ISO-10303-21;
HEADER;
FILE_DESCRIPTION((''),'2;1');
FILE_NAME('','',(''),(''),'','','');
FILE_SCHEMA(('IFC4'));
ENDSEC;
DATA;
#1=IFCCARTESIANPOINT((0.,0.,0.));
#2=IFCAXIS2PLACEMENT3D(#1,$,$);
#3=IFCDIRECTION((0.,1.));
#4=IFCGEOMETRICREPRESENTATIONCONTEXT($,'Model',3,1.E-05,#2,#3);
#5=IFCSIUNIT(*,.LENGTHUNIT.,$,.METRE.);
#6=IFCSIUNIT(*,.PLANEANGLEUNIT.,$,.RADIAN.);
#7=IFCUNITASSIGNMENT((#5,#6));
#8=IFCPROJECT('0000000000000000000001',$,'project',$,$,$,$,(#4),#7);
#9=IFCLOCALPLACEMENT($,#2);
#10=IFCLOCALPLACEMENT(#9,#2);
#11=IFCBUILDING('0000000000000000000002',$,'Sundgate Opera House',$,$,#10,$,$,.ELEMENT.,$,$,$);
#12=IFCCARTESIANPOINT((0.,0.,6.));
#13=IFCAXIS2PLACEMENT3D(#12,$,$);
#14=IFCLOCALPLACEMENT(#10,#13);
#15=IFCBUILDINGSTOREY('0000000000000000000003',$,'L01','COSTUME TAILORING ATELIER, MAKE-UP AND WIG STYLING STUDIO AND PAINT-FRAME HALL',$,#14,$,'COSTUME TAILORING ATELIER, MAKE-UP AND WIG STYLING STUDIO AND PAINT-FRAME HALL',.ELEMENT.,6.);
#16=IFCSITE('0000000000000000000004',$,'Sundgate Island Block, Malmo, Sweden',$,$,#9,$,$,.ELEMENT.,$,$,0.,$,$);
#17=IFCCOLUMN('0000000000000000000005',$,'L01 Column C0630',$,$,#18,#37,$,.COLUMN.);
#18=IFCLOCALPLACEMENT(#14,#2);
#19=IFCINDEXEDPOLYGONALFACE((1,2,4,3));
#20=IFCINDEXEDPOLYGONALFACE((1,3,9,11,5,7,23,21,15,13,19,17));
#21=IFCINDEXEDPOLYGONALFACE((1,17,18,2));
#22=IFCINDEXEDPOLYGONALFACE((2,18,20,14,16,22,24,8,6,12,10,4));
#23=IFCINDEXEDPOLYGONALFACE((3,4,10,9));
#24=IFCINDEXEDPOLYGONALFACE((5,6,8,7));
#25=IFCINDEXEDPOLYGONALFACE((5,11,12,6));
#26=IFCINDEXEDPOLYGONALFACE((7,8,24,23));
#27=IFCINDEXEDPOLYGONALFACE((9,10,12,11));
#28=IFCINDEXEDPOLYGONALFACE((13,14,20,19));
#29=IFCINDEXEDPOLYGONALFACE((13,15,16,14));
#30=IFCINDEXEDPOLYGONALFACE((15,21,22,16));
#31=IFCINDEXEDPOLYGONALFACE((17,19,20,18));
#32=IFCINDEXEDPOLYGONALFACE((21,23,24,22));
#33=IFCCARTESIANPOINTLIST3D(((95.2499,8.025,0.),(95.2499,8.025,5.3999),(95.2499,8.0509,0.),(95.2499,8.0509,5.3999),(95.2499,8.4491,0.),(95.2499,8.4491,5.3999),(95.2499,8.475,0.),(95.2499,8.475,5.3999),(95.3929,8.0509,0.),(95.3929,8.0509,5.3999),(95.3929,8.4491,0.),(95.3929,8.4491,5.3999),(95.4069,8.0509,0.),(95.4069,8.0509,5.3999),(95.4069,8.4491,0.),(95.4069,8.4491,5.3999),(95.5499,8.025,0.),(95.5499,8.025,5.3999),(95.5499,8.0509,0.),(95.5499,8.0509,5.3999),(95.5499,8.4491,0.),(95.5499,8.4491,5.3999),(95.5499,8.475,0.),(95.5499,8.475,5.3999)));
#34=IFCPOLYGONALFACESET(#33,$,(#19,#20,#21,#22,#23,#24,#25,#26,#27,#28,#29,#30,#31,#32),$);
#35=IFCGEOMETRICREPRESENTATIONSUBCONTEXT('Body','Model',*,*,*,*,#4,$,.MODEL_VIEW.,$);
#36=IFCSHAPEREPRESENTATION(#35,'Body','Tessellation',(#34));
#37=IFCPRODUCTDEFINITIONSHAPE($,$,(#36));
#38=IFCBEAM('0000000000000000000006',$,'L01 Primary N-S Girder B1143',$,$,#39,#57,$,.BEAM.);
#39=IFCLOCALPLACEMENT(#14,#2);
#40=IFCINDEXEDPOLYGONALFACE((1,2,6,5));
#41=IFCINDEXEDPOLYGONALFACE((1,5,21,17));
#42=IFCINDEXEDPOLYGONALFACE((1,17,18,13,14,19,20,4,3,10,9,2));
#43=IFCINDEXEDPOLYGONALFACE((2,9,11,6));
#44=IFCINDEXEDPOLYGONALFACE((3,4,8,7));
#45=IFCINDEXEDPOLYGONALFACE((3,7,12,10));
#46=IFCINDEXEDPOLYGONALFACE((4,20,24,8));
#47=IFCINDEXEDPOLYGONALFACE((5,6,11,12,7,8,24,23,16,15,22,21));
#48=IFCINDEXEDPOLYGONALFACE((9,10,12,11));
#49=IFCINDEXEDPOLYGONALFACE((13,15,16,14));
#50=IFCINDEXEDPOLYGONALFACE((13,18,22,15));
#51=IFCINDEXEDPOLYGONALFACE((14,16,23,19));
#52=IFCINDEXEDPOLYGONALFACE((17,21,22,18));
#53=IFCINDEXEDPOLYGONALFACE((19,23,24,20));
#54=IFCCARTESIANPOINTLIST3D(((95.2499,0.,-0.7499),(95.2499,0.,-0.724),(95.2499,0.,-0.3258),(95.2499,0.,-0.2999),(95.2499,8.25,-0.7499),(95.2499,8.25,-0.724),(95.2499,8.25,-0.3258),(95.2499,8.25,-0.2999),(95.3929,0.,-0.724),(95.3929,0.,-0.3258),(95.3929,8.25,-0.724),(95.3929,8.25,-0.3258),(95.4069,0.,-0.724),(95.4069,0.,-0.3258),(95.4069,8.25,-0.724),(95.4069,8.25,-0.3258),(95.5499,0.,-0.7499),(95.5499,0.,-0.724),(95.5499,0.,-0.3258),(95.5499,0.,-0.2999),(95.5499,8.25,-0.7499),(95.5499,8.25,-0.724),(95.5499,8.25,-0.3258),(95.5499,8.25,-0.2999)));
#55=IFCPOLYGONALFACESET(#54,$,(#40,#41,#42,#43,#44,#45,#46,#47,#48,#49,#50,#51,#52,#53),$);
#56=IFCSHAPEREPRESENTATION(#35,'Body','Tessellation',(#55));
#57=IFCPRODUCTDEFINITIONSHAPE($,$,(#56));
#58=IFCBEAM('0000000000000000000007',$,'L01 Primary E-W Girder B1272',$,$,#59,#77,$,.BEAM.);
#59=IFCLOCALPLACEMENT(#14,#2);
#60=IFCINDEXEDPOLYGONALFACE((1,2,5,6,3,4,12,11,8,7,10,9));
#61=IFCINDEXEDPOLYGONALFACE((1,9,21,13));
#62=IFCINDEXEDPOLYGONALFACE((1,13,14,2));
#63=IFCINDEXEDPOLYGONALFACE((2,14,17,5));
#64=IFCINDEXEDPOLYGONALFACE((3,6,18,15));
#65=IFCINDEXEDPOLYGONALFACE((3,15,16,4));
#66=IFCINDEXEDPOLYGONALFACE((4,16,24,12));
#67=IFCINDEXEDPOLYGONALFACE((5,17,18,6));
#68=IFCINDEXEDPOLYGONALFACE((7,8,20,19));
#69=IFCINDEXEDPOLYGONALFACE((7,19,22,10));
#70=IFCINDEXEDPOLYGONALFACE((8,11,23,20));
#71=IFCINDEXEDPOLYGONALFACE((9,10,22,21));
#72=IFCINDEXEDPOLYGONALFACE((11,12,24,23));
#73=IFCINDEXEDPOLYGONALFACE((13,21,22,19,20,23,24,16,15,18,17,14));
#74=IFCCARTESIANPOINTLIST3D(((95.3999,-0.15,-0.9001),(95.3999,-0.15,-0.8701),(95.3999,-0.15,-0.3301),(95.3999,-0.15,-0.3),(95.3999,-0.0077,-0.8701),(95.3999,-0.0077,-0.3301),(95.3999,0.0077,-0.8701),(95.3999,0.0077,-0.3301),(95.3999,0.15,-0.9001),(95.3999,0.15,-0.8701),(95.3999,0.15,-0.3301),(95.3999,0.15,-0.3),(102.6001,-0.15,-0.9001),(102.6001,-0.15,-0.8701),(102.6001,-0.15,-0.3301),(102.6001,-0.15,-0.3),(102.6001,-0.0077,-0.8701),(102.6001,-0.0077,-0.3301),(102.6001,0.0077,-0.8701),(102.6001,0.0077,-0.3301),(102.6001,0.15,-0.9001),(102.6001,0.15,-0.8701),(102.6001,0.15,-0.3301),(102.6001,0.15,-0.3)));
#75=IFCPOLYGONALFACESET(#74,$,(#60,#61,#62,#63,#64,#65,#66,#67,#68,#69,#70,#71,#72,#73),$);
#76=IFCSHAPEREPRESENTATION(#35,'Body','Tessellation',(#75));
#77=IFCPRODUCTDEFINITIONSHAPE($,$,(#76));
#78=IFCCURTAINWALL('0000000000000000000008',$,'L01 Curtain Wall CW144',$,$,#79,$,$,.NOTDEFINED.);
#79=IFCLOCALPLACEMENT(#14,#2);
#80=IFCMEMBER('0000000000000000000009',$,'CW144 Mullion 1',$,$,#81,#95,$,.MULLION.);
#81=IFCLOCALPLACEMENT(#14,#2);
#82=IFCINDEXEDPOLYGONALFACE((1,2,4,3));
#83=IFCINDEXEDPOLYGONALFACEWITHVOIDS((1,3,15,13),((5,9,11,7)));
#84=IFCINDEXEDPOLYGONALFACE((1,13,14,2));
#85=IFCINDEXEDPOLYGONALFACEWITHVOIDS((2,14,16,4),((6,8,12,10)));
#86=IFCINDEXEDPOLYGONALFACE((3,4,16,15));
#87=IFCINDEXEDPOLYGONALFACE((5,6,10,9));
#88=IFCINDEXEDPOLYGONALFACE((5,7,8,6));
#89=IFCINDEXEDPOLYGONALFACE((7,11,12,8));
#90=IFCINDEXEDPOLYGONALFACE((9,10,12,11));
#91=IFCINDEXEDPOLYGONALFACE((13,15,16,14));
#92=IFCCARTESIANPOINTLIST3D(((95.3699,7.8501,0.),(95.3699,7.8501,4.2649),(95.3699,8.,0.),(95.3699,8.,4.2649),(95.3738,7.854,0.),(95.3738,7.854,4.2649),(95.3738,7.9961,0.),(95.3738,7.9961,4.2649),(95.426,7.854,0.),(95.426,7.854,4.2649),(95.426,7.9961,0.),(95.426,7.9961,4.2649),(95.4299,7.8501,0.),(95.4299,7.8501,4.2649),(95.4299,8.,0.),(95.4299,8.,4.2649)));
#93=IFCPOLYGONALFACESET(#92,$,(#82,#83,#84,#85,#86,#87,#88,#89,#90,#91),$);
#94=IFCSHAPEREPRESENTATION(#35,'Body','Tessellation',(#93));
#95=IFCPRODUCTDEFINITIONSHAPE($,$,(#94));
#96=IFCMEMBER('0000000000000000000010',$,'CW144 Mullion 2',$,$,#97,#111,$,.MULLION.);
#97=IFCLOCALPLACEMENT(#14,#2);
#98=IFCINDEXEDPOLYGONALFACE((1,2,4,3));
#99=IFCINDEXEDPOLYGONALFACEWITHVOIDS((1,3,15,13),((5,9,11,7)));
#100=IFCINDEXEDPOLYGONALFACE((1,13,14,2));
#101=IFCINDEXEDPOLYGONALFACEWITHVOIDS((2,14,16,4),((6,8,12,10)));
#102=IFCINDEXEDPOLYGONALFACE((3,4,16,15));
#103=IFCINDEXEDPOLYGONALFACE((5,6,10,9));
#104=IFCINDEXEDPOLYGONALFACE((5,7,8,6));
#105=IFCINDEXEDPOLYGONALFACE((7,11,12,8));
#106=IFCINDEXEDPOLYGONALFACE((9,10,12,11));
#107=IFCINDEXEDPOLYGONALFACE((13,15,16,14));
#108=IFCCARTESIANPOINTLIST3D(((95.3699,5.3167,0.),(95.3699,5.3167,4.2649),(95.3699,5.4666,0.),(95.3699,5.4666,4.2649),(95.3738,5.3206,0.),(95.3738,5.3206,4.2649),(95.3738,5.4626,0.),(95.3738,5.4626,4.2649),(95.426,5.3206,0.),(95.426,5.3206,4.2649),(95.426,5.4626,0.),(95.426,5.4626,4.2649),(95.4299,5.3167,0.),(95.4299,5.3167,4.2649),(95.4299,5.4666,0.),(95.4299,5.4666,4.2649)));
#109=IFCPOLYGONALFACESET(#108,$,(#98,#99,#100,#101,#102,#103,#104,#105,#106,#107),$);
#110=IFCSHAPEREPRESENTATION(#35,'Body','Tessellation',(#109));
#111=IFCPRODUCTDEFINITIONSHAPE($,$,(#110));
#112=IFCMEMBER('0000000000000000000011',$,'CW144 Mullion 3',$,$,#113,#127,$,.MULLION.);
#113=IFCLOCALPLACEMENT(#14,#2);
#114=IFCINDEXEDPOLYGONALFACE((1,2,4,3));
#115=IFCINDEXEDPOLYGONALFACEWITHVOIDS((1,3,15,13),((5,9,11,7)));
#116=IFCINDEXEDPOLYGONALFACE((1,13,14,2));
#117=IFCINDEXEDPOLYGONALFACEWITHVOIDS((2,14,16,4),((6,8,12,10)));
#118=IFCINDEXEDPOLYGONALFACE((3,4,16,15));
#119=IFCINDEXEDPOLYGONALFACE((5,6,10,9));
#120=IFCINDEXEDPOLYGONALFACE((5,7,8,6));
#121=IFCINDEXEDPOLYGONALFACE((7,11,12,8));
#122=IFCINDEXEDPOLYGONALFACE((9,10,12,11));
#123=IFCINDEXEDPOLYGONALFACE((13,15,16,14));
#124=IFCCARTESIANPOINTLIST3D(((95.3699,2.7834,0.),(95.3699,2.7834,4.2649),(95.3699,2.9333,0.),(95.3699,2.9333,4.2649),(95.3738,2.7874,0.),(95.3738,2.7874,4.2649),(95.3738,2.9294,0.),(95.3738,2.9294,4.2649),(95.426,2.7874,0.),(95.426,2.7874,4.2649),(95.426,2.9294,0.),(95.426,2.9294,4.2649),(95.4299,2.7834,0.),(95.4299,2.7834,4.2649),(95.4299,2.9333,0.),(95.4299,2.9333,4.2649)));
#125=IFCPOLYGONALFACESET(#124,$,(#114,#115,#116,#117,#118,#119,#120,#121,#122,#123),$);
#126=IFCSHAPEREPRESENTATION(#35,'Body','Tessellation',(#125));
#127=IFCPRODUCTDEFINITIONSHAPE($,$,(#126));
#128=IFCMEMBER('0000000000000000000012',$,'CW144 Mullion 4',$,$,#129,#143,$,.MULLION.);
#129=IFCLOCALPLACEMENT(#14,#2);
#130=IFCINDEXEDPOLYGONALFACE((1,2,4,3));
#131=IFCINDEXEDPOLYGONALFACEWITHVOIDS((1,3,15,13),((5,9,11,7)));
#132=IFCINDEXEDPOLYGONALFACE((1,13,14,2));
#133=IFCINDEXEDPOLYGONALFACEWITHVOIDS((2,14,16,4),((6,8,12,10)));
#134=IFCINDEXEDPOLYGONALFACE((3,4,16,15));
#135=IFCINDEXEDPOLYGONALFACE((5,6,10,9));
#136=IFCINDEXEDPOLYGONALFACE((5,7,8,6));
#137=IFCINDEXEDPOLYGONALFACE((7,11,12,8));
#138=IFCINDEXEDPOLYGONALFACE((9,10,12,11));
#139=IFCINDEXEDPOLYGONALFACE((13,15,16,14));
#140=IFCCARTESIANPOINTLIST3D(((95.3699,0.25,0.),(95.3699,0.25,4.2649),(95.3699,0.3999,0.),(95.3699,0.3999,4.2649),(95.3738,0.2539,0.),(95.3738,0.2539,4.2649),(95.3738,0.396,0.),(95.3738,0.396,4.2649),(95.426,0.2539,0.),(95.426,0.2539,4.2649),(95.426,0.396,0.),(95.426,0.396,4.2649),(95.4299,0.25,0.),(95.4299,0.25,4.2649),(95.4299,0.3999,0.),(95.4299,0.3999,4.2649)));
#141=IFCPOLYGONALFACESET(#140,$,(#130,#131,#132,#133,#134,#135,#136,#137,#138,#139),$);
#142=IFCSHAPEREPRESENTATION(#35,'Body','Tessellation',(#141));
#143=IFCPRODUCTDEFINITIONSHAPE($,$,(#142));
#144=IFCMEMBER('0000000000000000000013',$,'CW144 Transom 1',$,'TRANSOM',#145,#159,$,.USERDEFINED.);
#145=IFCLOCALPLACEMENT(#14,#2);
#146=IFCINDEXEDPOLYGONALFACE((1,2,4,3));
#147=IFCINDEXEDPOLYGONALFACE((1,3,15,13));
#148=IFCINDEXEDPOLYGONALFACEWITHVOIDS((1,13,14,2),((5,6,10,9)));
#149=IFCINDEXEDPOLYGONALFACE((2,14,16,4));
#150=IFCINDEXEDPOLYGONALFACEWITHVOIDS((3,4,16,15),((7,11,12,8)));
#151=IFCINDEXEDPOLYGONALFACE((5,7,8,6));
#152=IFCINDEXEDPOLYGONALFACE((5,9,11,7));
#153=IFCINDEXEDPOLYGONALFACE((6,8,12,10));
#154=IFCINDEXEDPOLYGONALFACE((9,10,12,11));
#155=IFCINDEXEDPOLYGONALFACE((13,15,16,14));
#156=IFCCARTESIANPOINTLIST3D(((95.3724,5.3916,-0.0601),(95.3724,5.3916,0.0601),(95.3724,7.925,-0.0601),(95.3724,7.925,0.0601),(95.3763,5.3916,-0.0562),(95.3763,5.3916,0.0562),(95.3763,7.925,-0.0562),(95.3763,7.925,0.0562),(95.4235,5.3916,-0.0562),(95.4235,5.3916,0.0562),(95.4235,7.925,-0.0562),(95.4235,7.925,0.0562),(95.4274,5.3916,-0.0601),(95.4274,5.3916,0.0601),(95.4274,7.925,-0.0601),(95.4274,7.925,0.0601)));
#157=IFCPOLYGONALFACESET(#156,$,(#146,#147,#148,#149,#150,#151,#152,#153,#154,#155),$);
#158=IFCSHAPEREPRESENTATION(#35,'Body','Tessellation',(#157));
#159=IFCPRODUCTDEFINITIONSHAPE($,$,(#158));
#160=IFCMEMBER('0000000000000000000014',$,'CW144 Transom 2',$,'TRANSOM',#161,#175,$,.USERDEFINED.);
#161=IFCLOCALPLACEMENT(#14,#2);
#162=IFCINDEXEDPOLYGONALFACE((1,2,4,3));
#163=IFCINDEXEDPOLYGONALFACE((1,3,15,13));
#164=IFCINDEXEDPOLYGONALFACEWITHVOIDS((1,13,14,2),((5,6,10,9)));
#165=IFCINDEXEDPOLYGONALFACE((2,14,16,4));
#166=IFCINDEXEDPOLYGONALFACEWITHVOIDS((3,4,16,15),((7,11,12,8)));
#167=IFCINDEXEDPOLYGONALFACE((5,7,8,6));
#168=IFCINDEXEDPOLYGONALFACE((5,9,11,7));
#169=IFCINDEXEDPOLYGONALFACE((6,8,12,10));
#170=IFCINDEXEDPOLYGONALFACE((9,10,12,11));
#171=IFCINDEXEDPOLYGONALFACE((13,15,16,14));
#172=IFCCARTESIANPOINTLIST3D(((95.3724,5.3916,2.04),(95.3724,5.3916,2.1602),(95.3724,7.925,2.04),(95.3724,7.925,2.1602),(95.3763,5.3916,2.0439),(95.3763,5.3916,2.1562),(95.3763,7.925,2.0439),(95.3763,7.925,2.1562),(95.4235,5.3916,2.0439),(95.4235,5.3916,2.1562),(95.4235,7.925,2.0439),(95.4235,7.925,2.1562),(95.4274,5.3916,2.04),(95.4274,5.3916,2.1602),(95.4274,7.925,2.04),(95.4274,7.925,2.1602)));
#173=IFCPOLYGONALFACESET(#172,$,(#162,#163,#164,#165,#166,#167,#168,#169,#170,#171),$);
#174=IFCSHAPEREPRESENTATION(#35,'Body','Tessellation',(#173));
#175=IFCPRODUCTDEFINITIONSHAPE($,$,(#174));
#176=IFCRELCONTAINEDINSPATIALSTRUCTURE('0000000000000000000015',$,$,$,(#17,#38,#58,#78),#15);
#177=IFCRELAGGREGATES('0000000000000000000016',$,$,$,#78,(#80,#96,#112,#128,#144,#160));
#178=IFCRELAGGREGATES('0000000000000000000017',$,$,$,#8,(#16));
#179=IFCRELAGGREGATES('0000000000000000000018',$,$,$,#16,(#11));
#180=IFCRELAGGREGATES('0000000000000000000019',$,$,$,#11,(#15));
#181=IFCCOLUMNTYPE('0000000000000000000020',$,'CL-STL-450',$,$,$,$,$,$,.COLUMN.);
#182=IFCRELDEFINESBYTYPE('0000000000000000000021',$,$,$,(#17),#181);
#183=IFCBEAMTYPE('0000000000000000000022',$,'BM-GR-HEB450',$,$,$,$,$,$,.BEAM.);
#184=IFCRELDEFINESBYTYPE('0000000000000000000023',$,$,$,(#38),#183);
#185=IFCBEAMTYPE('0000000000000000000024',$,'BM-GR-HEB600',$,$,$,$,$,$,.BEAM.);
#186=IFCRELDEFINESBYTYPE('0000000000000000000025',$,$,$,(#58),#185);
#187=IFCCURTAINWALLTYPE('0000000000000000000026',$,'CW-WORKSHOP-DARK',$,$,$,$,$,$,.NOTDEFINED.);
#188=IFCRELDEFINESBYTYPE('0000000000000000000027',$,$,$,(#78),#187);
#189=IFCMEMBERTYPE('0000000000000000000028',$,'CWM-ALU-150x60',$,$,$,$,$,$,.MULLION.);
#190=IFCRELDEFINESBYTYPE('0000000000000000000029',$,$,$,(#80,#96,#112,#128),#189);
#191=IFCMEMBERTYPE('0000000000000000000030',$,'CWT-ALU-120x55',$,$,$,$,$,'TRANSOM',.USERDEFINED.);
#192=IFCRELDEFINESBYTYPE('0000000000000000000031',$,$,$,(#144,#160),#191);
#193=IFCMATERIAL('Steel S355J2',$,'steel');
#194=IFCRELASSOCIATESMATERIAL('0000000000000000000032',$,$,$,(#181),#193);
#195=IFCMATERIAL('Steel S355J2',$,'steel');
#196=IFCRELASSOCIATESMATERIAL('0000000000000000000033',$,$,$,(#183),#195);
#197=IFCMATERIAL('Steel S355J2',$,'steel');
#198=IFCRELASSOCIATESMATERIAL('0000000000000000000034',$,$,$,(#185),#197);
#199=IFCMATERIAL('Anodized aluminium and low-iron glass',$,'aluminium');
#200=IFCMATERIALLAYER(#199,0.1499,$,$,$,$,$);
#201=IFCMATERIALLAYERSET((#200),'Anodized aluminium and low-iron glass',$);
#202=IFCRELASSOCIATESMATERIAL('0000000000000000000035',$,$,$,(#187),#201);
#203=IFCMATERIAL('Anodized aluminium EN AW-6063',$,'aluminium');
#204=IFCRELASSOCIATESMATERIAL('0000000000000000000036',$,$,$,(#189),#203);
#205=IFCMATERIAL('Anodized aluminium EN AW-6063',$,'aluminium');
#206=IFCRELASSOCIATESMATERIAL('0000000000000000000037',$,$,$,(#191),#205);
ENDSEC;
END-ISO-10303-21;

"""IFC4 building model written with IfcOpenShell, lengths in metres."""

from ifc_helpers import new_model, si_unit, direction, frame, origin, origin_2d, place, context, subcontext, project, spatial, hollow_rectangle, i_section, extrude, material, layer, layer_set, material_profile, profile_set, type_object, element, aggregate, save


model = new_model("IFC4")

# Units and contexts
model_context = context("Model", 3, precision=1e-05, world=origin(), true_north=direction((0.0, 1.0)))
body_context = subcontext(model_context, "Body", "Model", "MODEL_VIEW")
ifc_project = project(units=[si_unit("LENGTHUNIT", "METRE"), si_unit("PLANEANGLEUNIT", "RADIAN")], contexts=[model_context])

# Site, building, storey
site_placement = place(None, origin())
site = spatial("IfcSite", under=ifc_project, at=site_placement, Name="Sundgate Island Block, Malmo, Sweden", CompositionType="ELEMENT", RefElevation=0.0)
building_placement = place(site_placement, origin())
building = spatial("IfcBuilding", under=site, at=building_placement, Name="Sundgate Opera House", CompositionType="ELEMENT")
storey_placement = place(building_placement, frame((0.0, 0.0, 6.0)))
storey = spatial("IfcBuildingStorey", under=building, at=storey_placement, Name="L01", Description="COSTUME TAILORING ATELIER, MAKE-UP AND WIG STYLING STUDIO AND PAINT-FRAME HALL", LongName="COSTUME TAILORING ATELIER, MAKE-UP AND WIG STYLING STUDIO AND PAINT-FRAME HALL", CompositionType="ELEMENT", Elevation=6.0)

# Column
ifc_material_1 = material(Name="Steel S355J2", Category="steel")
ifc_material_profile_1 = material_profile(ifc_material_1, i_section(OverallWidth=0.3, OverallDepth=0.45, WebThickness=0.0139, FlangeThickness=0.0259, at=origin_2d()), Name="HEB 450")
ifc_profile_set_1 = profile_set([ifc_material_profile_1], Name="Steel S355J2")
column_type = type_object("IfcColumnType", Name="CL-STL-450", PredefinedType="COLUMN", material=ifc_profile_set_1)
column_placement = place(storey_placement, frame((95.3999, 8.25, 0.0), z_axis=(0.0, 0.0, 1.0), x_axis=(1.0, 0.0, 0.0)))
element("IfcColumn", 1, at=column_placement, inside=storey, type_object=column_type, Name="L01 Column C0630", PredefinedType="COLUMN", context=body_context, shape_type="SweptSolid", body=[
    extrude(i_section(OverallWidth=0.3, OverallDepth=0.45, WebThickness=0.0139, FlangeThickness=0.0259, at=origin_2d()), origin(), (0.0, 0.0, 1.0), 5.3999),
])

# Beams
ifc_material_2 = material(Name="Steel S355J2", Category="steel")
ifc_material_profile_2 = material_profile(ifc_material_2, i_section(OverallWidth=0.3, OverallDepth=0.45, WebThickness=0.0139, FlangeThickness=0.0259, at=origin_2d()), Name="HEB 450")
ifc_profile_set_2 = profile_set([ifc_material_profile_2], Name="Steel S355J2")
beam_type_1 = type_object("IfcBeamType", Name="BM-GR-HEB450", PredefinedType="BEAM", material=ifc_profile_set_2)
beam_1_placement = place(storey_placement, frame((95.3999, 0.0, -0.5249), z_axis=(0.0, 1.0, 0.0), x_axis=(-1.0, 0.0, 0.0)))
element("IfcBeam", 2, at=beam_1_placement, inside=storey, type_object=beam_type_1, Name="L01 Primary N-S Girder B1143", PredefinedType="BEAM", context=body_context, shape_type="SweptSolid", body=[
    extrude(i_section(OverallWidth=0.3, OverallDepth=0.45, WebThickness=0.0139, FlangeThickness=0.0259, at=origin_2d()), origin(), (0.0, 0.0, 1.0), 8.25),
])
ifc_material_3 = material(Name="Steel S355J2", Category="steel")
ifc_material_profile_3 = material_profile(ifc_material_3, i_section(OverallWidth=0.3, OverallDepth=0.6001, WebThickness=0.0154, FlangeThickness=0.03, at=origin_2d()), Name="HEB 600")
ifc_profile_set_3 = profile_set([ifc_material_profile_3], Name="Steel S355J2")
beam_type_2 = type_object("IfcBeamType", Name="BM-GR-HEB600", PredefinedType="BEAM", material=ifc_profile_set_3)
beam_2_placement = place(storey_placement, frame((95.3999, 0.0, -0.6001), z_axis=(1.0, 0.0, 0.0), x_axis=(0.0, 1.0, 0.0)))
element("IfcBeam", 3, at=beam_2_placement, inside=storey, type_object=beam_type_2, Name="L01 Primary E-W Girder B1272", PredefinedType="BEAM", context=body_context, shape_type="SweptSolid", body=[
    extrude(i_section(OverallWidth=0.3, OverallDepth=0.6001, WebThickness=0.0154, FlangeThickness=0.03, at=origin_2d()), origin(), (0.0, 0.0, 1.0), 7.2002),
])

# Curtain wall, members
ifc_material_4 = material(Name="Anodized aluminium and low-iron glass", Category="aluminium")
ifc_layer_1 = layer(ifc_material_4, 0.1499)
ifc_layer_set_1 = layer_set([ifc_layer_1], Name="Anodized aluminium and low-iron glass")
curtain_wall_type = type_object("IfcCurtainWallType", Name="CW-WORKSHOP-DARK", PredefinedType="NOTDEFINED", material=ifc_layer_set_1)
curtain_wall_placement = place(storey_placement, origin())
curtain_wall = element("IfcCurtainWall", 4, at=curtain_wall_placement, inside=storey, type_object=curtain_wall_type, Name="L01 Curtain Wall CW144", PredefinedType="NOTDEFINED")
ifc_material_5 = material(Name="Anodized aluminium EN AW-6063", Category="aluminium")
ifc_material_profile_4 = material_profile(ifc_material_5, hollow_rectangle(XDim=0.0601, YDim=0.1499, WallThickness=0.0039, at=origin_2d()), Name="CWM 150x60x4")
ifc_profile_set_4 = profile_set([ifc_material_profile_4], Name="Anodized aluminium EN AW-6063")
member_type_1 = type_object("IfcMemberType", Name="CWM-ALU-150x60", PredefinedType="MULLION", material=ifc_profile_set_4)
member_1_placement = place(storey_placement, frame((95.3999, 7.925, 0.0), z_axis=(0.0, 0.0, 1.0), x_axis=(1.0, 0.0, 0.0)))
member_1 = element("IfcMember", 5, at=member_1_placement, type_object=member_type_1, Name="CW144 Mullion 1", PredefinedType="MULLION", context=body_context, shape_type="SweptSolid", body=[
    extrude(hollow_rectangle(XDim=0.0601, YDim=0.1499, WallThickness=0.0039, at=origin_2d()), origin(), (0.0, 0.0, 1.0), 4.2649),
])
member_2_placement = place(storey_placement, frame((95.3999, 5.3916, 0.0), z_axis=(0.0, 0.0, 1.0), x_axis=(1.0, 0.0, 0.0)))
member_2 = element("IfcMember", 6, at=member_2_placement, type_object=member_type_1, Name="CW144 Mullion 2", PredefinedType="MULLION", context=body_context, shape_type="SweptSolid", body=[
    extrude(hollow_rectangle(XDim=0.0601, YDim=0.1499, WallThickness=0.0039, at=origin_2d()), origin(), (0.0, 0.0, 1.0), 4.2649),
])
member_3_placement = place(storey_placement, frame((95.3999, 2.8584, 0.0), z_axis=(0.0, 0.0, 1.0), x_axis=(1.0, 0.0, 0.0)))
member_3 = element("IfcMember", 7, at=member_3_placement, type_object=member_type_1, Name="CW144 Mullion 3", PredefinedType="MULLION", context=body_context, shape_type="SweptSolid", body=[
    extrude(hollow_rectangle(XDim=0.0601, YDim=0.1499, WallThickness=0.0039, at=origin_2d()), origin(), (0.0, 0.0, 1.0), 4.2649),
])
member_4_placement = place(storey_placement, frame((95.3999, 0.325, 0.0), z_axis=(0.0, 0.0, 1.0), x_axis=(1.0, 0.0, 0.0)))
member_4 = element("IfcMember", 8, at=member_4_placement, type_object=member_type_1, Name="CW144 Mullion 4", PredefinedType="MULLION", context=body_context, shape_type="SweptSolid", body=[
    extrude(hollow_rectangle(XDim=0.0601, YDim=0.1499, WallThickness=0.0039, at=origin_2d()), origin(), (0.0, 0.0, 1.0), 4.2649),
])
ifc_material_6 = material(Name="Anodized aluminium EN AW-6063", Category="aluminium")
ifc_material_profile_5 = material_profile(ifc_material_6, hollow_rectangle(XDim=0.0549, YDim=0.1201, WallThickness=0.0039, at=origin_2d()), Name="CWT 120x55x4")
ifc_profile_set_5 = profile_set([ifc_material_profile_5], Name="Anodized aluminium EN AW-6063")
member_type_2 = type_object("IfcMemberType", Name="CWT-ALU-120x55", ElementType="TRANSOM", PredefinedType="USERDEFINED", material=ifc_profile_set_5)
member_5_placement = place(storey_placement, frame((95.3999, 7.925, 0.0), z_axis=(0.0, -1.0, 0.0), x_axis=(1.0, 0.0, 0.0)))
member_5 = element("IfcMember", 9, at=member_5_placement, type_object=member_type_2, Name="CW144 Transom 1", ObjectType="TRANSOM", PredefinedType="USERDEFINED", context=body_context, shape_type="SweptSolid", body=[
    extrude(hollow_rectangle(XDim=0.0549, YDim=0.1201, WallThickness=0.0039, at=origin_2d()), origin(), (0.0, 0.0, 1.0), 2.5334),
])
member_6_placement = place(storey_placement, frame((95.3999, 7.925, 2.1001), z_axis=(0.0, -1.0, 0.0), x_axis=(1.0, 0.0, 0.0)))
member_6 = element("IfcMember", 10, at=member_6_placement, type_object=member_type_2, Name="CW144 Transom 2", ObjectType="TRANSOM", PredefinedType="USERDEFINED", context=body_context, shape_type="SweptSolid", body=[
    extrude(hollow_rectangle(XDim=0.0549, YDim=0.1201, WallThickness=0.0039, at=origin_2d()), origin(), (0.0, 0.0, 1.0), 2.5334),
])
aggregate(curtain_wall, [member_1, member_2, member_3, member_4, member_5, member_6])

save(model, "model.ifc")
